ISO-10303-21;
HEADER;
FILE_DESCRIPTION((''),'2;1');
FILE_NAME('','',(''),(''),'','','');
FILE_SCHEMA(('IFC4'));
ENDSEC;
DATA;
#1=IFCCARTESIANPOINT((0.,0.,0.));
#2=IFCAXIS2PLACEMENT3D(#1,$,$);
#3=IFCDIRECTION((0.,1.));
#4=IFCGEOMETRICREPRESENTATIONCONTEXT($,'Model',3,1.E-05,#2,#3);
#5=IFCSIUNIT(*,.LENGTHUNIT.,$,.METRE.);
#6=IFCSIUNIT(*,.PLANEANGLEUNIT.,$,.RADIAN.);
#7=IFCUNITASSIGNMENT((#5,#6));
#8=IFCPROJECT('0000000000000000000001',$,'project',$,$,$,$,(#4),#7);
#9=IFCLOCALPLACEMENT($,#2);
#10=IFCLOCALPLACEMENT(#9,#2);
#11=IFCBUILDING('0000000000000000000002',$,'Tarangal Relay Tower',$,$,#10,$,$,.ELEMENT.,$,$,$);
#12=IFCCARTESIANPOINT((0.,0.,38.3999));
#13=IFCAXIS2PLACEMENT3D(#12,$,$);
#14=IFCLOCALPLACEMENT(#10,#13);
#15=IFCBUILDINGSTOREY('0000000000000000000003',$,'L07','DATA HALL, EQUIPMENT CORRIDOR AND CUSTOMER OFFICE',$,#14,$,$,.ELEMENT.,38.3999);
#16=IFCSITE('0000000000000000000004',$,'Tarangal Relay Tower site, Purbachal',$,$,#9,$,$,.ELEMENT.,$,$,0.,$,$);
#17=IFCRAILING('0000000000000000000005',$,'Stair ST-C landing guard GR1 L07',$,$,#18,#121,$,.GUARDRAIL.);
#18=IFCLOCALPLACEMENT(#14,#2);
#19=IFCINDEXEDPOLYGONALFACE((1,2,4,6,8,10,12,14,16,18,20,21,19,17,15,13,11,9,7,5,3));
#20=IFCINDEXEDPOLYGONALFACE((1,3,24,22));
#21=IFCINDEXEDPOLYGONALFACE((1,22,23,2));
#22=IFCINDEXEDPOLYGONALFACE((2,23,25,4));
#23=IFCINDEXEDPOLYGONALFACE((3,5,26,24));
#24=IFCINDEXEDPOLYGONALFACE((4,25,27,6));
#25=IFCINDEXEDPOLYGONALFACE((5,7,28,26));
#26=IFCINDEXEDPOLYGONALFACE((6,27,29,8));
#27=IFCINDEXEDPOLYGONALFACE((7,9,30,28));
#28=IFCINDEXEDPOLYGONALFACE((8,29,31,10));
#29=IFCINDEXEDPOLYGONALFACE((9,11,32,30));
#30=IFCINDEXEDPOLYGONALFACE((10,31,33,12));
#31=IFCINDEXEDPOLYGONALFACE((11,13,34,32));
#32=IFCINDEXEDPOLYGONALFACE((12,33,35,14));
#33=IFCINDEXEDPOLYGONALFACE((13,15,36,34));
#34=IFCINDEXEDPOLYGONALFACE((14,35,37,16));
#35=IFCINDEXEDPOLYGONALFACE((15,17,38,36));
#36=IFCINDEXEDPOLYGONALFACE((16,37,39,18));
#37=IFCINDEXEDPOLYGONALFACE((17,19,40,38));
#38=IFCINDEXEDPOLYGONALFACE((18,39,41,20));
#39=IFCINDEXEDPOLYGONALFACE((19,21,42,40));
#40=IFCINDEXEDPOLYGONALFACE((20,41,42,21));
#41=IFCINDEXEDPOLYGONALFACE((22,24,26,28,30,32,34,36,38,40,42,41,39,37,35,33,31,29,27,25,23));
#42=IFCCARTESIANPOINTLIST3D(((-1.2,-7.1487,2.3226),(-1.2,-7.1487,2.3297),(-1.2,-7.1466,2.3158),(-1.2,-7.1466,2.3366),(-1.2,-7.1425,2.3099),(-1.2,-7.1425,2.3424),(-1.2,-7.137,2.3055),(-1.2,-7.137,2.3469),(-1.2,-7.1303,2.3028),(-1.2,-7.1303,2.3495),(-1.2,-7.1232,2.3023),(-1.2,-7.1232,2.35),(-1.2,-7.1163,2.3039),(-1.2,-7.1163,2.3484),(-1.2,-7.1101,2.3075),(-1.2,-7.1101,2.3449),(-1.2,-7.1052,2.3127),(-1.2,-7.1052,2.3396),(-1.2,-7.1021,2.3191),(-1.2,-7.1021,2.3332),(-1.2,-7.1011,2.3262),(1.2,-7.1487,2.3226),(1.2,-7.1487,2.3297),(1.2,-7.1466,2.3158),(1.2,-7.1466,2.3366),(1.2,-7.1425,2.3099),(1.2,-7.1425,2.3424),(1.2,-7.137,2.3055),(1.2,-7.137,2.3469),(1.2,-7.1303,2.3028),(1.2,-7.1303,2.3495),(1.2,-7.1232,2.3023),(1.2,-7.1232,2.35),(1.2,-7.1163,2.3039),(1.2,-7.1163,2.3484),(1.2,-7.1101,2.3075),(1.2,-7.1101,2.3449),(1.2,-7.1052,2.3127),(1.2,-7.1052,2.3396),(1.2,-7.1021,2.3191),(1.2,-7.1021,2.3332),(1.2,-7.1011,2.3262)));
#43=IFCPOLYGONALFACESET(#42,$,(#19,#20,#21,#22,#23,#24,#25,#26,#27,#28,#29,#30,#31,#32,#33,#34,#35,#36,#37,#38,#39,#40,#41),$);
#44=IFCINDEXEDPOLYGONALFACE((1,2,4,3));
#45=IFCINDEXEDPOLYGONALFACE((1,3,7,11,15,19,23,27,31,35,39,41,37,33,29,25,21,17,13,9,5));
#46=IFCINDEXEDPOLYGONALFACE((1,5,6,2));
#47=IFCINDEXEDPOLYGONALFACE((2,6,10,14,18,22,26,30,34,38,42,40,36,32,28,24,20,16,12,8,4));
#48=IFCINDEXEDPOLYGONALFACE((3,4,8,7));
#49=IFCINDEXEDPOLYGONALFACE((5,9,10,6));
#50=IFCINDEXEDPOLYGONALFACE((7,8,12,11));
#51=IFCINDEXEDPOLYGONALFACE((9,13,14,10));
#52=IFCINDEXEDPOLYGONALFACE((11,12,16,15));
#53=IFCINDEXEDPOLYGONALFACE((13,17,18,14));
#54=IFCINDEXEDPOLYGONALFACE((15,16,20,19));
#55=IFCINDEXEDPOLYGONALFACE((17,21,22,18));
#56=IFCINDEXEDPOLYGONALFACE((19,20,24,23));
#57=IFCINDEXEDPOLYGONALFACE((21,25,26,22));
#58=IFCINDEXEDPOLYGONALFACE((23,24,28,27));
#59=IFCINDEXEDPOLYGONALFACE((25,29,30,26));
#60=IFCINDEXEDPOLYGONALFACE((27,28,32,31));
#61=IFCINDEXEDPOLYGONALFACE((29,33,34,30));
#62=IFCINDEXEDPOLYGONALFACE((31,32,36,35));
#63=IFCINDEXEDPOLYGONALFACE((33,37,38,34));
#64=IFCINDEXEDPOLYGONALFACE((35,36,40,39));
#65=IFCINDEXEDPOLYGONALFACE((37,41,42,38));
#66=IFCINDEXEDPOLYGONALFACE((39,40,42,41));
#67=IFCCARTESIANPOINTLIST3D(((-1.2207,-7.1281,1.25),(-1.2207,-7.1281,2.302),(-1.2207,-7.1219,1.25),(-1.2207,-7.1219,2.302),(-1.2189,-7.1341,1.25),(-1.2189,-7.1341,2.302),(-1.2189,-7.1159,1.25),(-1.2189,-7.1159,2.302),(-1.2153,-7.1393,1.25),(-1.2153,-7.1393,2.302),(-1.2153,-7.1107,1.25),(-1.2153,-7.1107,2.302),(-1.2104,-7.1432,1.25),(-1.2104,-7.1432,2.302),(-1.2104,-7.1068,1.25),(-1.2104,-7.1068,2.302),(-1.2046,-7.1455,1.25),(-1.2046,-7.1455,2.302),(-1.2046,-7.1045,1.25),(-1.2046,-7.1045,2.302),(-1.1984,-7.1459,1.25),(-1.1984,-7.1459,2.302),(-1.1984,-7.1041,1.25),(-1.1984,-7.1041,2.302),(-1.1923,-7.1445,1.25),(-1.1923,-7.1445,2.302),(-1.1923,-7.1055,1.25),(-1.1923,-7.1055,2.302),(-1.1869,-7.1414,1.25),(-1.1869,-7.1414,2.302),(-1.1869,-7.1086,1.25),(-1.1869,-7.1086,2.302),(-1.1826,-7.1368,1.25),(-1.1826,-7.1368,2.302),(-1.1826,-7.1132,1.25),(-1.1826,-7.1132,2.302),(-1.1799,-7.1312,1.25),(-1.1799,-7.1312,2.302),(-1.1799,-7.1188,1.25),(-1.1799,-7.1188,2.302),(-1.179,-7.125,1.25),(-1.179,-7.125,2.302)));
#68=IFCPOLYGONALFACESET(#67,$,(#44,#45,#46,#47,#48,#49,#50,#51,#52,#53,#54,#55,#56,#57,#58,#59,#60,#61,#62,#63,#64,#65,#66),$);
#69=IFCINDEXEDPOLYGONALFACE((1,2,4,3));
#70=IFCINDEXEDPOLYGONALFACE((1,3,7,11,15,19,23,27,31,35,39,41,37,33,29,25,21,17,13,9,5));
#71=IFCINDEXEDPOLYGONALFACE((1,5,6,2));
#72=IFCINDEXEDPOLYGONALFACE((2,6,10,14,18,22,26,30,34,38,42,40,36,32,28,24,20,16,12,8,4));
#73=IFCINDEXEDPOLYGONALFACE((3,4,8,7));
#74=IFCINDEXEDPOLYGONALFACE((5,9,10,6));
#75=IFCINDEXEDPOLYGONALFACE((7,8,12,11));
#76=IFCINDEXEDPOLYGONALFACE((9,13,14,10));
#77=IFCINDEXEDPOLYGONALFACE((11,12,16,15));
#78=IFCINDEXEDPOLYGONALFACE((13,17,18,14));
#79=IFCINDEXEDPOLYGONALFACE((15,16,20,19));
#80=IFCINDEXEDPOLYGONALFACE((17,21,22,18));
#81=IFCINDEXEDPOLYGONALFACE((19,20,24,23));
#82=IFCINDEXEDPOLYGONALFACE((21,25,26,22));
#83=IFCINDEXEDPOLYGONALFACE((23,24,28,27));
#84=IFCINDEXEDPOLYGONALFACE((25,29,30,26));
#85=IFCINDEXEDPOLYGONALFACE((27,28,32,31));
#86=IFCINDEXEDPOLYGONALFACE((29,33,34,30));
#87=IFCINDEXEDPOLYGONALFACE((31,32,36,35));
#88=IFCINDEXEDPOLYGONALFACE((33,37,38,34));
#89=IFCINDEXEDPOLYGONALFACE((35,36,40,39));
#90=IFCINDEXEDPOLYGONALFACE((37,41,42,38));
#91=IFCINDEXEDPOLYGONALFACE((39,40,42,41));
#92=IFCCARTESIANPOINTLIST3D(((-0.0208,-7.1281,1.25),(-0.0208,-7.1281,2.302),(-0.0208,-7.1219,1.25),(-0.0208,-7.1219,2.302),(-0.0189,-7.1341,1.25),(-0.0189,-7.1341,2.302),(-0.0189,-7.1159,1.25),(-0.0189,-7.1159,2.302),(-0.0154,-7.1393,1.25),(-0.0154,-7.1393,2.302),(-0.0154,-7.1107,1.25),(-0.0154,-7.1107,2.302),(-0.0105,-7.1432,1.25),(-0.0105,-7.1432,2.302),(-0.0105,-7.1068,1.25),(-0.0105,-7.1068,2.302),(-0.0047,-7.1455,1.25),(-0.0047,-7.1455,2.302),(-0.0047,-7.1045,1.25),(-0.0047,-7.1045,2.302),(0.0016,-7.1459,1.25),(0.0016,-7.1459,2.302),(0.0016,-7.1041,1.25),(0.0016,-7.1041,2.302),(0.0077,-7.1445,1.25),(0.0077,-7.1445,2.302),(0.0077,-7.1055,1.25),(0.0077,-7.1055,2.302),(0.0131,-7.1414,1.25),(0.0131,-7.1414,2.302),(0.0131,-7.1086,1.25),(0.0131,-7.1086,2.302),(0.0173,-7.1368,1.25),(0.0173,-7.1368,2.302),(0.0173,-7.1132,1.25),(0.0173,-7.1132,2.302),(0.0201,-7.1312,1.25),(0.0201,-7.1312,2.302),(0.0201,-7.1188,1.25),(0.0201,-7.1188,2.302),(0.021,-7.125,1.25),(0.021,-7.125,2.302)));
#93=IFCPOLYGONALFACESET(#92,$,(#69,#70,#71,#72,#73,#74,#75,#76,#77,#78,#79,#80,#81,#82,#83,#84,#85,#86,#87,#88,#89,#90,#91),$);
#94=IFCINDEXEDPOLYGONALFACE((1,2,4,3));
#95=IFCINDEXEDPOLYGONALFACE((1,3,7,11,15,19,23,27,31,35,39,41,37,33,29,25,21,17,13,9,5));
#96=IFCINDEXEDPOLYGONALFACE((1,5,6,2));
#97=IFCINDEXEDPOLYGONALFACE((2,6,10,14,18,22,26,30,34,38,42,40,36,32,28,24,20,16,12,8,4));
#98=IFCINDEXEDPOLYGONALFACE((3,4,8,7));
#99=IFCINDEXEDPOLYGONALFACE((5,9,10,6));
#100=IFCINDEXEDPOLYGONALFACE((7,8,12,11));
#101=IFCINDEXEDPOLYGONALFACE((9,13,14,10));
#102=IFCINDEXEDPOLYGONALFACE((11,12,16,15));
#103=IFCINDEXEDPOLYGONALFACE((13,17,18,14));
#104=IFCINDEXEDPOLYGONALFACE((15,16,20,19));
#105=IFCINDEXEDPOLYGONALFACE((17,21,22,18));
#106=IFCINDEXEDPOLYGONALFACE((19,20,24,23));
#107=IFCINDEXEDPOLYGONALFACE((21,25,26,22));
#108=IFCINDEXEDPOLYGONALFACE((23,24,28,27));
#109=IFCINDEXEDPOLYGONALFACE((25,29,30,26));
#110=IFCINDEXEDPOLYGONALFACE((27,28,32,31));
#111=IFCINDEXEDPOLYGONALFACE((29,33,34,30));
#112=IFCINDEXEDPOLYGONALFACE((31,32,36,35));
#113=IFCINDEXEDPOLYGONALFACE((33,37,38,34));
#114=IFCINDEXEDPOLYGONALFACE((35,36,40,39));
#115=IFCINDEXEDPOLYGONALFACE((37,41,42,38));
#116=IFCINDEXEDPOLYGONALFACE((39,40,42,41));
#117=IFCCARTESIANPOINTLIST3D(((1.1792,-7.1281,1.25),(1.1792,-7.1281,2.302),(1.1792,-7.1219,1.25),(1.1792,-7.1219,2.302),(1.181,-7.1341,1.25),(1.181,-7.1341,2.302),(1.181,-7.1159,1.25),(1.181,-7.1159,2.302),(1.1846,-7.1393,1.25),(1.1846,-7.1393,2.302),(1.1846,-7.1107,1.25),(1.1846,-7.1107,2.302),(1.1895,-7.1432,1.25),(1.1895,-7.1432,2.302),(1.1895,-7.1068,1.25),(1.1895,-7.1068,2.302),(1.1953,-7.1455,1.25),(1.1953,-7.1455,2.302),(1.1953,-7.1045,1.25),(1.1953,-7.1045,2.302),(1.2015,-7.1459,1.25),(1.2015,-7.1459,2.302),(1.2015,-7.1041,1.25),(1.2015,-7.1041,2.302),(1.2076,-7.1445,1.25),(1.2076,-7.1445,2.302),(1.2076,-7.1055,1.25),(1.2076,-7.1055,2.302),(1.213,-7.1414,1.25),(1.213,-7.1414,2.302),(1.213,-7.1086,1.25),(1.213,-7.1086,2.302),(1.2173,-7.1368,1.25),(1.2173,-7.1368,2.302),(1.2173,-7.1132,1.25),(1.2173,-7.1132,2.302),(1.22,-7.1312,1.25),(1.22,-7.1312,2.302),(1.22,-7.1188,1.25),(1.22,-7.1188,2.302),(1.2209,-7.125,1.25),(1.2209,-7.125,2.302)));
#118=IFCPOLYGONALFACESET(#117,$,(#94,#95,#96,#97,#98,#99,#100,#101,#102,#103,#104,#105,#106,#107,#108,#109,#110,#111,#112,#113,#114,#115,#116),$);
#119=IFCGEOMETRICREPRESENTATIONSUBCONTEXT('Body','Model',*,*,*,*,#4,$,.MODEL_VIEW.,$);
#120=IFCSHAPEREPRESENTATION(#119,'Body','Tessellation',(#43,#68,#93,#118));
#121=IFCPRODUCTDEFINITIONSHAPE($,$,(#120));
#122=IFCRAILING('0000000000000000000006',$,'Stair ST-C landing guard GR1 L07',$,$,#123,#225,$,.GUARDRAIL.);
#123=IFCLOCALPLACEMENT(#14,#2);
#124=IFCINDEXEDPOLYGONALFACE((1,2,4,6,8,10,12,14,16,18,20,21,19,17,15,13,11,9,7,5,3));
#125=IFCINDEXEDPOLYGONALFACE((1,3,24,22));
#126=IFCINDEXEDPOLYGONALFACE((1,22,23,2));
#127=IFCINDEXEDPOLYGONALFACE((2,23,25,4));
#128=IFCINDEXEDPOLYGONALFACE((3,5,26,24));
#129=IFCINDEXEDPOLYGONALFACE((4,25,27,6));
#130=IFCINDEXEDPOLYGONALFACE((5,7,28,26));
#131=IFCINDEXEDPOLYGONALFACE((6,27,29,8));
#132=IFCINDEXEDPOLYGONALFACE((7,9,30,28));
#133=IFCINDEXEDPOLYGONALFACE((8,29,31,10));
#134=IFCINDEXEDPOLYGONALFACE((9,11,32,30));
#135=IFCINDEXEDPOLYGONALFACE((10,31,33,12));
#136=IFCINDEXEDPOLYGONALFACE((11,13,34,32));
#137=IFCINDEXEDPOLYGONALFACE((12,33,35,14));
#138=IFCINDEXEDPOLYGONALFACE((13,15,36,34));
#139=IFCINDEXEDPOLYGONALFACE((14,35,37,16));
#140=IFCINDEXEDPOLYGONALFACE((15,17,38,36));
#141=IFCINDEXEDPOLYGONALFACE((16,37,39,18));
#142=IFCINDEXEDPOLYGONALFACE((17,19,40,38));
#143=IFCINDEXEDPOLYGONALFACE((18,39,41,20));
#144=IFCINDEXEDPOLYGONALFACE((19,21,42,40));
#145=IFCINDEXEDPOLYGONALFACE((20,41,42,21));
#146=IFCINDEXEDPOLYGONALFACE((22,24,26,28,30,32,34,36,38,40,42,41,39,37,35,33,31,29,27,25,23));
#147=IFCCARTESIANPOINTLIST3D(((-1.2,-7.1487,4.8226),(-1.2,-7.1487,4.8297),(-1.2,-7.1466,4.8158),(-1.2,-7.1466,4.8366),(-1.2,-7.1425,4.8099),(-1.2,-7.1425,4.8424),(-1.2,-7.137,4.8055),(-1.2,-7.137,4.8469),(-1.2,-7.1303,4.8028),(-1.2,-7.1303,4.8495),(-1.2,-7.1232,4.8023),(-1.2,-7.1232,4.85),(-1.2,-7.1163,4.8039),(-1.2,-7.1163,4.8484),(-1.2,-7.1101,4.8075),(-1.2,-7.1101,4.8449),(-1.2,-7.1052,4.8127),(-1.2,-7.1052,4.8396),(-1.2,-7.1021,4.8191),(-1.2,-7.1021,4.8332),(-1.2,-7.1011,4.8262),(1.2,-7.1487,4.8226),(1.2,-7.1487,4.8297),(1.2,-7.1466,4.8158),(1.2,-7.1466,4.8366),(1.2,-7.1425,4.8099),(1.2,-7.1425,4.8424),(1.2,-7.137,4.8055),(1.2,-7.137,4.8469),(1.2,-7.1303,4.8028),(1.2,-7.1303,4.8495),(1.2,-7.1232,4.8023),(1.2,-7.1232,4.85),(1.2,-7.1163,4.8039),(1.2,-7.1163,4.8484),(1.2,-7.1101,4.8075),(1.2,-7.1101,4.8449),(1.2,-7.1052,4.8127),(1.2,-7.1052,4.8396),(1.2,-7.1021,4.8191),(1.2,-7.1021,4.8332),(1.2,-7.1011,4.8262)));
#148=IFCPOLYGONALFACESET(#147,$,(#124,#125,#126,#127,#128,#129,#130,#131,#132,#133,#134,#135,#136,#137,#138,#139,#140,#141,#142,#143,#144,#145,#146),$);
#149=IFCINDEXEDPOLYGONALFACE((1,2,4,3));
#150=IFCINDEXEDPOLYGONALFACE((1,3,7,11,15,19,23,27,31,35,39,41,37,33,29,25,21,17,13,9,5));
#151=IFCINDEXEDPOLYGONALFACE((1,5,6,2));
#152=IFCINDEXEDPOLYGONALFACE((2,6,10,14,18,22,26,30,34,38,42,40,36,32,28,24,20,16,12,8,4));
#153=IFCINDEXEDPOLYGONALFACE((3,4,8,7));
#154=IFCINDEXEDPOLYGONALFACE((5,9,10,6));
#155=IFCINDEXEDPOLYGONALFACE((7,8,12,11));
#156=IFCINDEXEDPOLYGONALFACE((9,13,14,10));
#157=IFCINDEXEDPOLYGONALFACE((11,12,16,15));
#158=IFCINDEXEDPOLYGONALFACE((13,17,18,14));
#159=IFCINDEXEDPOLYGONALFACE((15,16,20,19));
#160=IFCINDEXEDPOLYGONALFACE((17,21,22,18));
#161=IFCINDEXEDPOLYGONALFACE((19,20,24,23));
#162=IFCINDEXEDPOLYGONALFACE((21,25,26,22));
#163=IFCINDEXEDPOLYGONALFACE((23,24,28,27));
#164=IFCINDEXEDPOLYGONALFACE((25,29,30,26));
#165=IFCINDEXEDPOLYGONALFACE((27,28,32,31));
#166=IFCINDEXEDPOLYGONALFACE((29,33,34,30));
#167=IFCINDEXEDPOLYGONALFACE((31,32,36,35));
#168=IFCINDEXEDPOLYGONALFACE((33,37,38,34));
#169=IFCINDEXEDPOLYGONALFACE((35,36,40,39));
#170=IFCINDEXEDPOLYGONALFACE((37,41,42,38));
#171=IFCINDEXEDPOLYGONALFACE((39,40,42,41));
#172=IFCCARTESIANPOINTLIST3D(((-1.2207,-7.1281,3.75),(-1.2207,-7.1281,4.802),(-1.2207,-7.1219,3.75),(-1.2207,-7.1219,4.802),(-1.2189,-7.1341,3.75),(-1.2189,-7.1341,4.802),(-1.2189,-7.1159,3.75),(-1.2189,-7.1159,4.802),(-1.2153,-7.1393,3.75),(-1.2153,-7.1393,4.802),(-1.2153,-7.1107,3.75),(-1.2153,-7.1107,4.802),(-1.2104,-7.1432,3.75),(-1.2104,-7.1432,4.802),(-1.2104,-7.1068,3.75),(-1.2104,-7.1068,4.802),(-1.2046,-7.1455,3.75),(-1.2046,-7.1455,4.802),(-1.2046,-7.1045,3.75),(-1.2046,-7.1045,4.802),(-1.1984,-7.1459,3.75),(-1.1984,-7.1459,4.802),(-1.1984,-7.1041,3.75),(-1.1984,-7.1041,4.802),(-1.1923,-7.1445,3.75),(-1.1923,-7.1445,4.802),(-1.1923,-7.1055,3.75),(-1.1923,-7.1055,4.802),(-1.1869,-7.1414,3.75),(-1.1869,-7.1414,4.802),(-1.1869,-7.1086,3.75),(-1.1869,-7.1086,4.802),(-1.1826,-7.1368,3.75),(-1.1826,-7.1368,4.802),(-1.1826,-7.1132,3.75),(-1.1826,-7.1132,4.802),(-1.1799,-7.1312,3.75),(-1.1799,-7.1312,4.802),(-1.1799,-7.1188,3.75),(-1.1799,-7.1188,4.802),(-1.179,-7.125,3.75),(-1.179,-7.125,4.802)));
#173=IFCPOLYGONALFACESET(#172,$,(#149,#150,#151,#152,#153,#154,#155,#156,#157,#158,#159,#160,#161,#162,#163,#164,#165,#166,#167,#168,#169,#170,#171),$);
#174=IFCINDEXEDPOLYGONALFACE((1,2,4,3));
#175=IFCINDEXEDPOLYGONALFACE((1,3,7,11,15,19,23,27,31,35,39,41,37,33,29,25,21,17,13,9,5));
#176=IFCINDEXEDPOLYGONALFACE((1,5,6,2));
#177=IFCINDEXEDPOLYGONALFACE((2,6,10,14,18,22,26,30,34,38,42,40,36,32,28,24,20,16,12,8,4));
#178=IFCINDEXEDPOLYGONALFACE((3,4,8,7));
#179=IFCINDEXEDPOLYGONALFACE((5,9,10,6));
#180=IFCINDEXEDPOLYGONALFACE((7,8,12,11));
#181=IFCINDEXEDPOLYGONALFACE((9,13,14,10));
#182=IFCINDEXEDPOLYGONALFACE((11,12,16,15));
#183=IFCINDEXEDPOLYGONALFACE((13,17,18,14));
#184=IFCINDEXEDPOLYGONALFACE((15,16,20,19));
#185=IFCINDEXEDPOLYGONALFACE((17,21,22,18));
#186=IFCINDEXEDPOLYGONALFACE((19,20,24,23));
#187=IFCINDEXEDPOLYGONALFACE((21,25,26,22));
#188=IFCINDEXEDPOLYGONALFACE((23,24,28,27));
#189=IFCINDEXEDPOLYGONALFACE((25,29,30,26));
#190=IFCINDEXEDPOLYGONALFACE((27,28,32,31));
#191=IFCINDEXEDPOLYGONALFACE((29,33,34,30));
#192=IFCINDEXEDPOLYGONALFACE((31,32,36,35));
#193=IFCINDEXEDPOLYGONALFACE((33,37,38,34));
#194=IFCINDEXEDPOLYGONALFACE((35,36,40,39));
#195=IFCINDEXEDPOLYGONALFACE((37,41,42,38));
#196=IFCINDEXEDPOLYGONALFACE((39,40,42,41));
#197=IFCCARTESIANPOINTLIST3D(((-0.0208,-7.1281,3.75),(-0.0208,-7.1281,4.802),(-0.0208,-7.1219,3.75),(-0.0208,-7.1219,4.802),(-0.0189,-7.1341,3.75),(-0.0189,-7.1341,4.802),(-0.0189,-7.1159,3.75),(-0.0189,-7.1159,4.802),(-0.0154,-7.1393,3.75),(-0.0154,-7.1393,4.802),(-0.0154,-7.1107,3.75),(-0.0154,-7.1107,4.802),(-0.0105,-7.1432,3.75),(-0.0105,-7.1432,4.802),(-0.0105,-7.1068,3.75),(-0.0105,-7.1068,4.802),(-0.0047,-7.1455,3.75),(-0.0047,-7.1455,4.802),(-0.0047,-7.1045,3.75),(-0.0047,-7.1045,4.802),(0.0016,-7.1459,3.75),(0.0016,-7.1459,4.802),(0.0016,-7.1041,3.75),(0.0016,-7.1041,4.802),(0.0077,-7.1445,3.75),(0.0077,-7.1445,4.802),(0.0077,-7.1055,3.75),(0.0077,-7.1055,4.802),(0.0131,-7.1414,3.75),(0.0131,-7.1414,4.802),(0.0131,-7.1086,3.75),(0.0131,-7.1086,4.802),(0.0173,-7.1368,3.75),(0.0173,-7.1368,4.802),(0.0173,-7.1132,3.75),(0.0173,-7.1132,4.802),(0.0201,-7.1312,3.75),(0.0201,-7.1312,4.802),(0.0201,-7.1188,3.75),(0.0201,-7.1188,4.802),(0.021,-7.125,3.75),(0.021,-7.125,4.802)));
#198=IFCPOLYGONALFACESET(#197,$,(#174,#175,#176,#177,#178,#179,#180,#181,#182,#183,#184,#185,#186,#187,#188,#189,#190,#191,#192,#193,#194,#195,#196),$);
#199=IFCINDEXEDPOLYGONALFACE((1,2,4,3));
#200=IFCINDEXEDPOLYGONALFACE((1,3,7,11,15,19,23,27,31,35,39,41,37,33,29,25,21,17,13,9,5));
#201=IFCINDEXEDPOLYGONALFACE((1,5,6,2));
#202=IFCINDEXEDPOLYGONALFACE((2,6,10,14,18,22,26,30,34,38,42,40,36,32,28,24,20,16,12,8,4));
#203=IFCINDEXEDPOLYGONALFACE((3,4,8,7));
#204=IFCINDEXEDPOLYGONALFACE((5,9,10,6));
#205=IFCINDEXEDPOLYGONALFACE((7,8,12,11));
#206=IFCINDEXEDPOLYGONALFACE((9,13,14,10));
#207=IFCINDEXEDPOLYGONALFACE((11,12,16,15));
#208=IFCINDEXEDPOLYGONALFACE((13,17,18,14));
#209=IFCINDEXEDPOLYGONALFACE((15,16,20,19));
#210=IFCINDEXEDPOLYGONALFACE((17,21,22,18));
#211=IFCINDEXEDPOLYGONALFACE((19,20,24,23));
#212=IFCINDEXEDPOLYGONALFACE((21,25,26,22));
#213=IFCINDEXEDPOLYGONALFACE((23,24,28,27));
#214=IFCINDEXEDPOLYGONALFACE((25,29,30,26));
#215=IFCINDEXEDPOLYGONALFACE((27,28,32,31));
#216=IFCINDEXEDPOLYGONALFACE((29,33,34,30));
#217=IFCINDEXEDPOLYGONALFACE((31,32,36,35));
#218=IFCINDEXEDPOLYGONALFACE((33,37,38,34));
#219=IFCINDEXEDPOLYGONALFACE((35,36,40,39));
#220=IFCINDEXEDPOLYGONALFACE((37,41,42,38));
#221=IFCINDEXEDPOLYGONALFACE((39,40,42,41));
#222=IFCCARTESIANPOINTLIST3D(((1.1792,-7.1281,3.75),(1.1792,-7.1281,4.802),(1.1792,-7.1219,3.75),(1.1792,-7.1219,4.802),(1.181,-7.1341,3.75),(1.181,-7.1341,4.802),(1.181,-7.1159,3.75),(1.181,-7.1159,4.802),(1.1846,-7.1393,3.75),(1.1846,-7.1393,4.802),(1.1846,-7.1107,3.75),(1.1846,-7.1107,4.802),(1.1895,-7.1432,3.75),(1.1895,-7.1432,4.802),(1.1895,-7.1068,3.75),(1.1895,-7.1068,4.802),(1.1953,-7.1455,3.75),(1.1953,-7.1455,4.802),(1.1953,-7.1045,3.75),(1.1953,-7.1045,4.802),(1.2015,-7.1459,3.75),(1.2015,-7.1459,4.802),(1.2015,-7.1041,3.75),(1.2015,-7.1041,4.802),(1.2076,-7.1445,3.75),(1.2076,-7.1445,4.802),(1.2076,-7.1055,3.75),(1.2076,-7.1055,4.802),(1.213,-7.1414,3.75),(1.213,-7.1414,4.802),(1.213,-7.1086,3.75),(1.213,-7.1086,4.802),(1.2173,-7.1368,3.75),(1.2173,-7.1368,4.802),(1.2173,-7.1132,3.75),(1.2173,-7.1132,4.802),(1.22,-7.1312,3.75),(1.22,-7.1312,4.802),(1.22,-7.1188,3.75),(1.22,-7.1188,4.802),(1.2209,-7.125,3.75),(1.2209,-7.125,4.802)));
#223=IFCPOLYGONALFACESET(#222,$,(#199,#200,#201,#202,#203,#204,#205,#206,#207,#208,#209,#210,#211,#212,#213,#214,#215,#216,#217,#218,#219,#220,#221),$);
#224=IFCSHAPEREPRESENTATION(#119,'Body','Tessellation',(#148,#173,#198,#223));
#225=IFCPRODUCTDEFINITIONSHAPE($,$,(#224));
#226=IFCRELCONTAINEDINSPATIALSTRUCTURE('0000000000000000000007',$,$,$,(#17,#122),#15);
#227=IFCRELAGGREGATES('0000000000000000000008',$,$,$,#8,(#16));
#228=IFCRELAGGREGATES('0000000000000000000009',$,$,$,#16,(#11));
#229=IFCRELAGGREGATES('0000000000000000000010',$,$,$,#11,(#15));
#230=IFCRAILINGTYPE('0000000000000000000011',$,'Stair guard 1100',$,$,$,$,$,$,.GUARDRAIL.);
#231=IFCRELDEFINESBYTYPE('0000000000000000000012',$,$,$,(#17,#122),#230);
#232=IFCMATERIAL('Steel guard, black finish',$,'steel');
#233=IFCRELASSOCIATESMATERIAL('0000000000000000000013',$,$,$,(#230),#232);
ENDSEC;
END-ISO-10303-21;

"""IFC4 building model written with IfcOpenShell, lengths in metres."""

from ifc_helpers import new_model, si_unit, direction, frame, origin, origin_2d, place, context, subcontext, project, spatial, circle, extrude, material, type_object, element, save


model = new_model("IFC4")

# Units and contexts
model_context = context("Model", 3, precision=1e-05, world=origin(), true_north=direction((0.0, 1.0)))
body_context = subcontext(model_context, "Body", "Model", "MODEL_VIEW")
ifc_project = project(units=[si_unit("LENGTHUNIT", "METRE"), si_unit("PLANEANGLEUNIT", "RADIAN")], contexts=[model_context])

# Site, building, storey
site_placement = place(None, origin())
site = spatial("IfcSite", under=ifc_project, at=site_placement, Name="Tarangal Relay Tower site, Purbachal", CompositionType="ELEMENT", RefElevation=0.0)
building_placement = place(site_placement, origin())
building = spatial("IfcBuilding", under=site, at=building_placement, Name="Tarangal Relay Tower", CompositionType="ELEMENT")
storey_placement = place(building_placement, frame((0.0, 0.0, 38.3999)))
storey = spatial("IfcBuildingStorey", under=building, at=storey_placement, Name="L07", Description="DATA HALL, EQUIPMENT CORRIDOR AND CUSTOMER OFFICE", CompositionType="ELEMENT", Elevation=38.3999)

# Railings
ifc_material_1 = material(Name="Steel guard, black finish", Category="steel")
railing_type = type_object("IfcRailingType", Name="Stair guard 1100", PredefinedType="GUARDRAIL", material=ifc_material_1)
for number, where, name in (
    (1, (-1.2, -7.125, 1.25), "Stair ST-C landing guard GR1 L07"),
    (2, (-1.2, -7.125, 3.75), "Stair ST-C landing guard GR1 L07"),
):
    element("IfcRailing", number, at=place(storey_placement, frame(where)), inside=storey, type_object=railing_type, Name=name, PredefinedType="GUARDRAIL", context=body_context, shape_type="SweptSolid", body=[
        extrude(circle(Radius=0.0239, at=origin_2d()), frame((0.0, 0.0, 1.0762), z_axis=(1.0, 0.0, 0.0), x_axis=(0.0, 1.0, 0.0)), (0.0, 0.0, 1.0), 2.3999),
        extrude(circle(Radius=0.021, at=origin_2d()), origin(), (0.0, 0.0, 1.0), 1.052),
        extrude(circle(Radius=0.021, at=origin_2d()), frame((1.2, 0.0, 0.0)), (0.0, 0.0, 1.0), 1.052),
        extrude(circle(Radius=0.021, at=origin_2d()), frame((2.3999, 0.0, 0.0)), (0.0, 0.0, 1.0), 1.052),
    ])

save(model, "model.ifc")
